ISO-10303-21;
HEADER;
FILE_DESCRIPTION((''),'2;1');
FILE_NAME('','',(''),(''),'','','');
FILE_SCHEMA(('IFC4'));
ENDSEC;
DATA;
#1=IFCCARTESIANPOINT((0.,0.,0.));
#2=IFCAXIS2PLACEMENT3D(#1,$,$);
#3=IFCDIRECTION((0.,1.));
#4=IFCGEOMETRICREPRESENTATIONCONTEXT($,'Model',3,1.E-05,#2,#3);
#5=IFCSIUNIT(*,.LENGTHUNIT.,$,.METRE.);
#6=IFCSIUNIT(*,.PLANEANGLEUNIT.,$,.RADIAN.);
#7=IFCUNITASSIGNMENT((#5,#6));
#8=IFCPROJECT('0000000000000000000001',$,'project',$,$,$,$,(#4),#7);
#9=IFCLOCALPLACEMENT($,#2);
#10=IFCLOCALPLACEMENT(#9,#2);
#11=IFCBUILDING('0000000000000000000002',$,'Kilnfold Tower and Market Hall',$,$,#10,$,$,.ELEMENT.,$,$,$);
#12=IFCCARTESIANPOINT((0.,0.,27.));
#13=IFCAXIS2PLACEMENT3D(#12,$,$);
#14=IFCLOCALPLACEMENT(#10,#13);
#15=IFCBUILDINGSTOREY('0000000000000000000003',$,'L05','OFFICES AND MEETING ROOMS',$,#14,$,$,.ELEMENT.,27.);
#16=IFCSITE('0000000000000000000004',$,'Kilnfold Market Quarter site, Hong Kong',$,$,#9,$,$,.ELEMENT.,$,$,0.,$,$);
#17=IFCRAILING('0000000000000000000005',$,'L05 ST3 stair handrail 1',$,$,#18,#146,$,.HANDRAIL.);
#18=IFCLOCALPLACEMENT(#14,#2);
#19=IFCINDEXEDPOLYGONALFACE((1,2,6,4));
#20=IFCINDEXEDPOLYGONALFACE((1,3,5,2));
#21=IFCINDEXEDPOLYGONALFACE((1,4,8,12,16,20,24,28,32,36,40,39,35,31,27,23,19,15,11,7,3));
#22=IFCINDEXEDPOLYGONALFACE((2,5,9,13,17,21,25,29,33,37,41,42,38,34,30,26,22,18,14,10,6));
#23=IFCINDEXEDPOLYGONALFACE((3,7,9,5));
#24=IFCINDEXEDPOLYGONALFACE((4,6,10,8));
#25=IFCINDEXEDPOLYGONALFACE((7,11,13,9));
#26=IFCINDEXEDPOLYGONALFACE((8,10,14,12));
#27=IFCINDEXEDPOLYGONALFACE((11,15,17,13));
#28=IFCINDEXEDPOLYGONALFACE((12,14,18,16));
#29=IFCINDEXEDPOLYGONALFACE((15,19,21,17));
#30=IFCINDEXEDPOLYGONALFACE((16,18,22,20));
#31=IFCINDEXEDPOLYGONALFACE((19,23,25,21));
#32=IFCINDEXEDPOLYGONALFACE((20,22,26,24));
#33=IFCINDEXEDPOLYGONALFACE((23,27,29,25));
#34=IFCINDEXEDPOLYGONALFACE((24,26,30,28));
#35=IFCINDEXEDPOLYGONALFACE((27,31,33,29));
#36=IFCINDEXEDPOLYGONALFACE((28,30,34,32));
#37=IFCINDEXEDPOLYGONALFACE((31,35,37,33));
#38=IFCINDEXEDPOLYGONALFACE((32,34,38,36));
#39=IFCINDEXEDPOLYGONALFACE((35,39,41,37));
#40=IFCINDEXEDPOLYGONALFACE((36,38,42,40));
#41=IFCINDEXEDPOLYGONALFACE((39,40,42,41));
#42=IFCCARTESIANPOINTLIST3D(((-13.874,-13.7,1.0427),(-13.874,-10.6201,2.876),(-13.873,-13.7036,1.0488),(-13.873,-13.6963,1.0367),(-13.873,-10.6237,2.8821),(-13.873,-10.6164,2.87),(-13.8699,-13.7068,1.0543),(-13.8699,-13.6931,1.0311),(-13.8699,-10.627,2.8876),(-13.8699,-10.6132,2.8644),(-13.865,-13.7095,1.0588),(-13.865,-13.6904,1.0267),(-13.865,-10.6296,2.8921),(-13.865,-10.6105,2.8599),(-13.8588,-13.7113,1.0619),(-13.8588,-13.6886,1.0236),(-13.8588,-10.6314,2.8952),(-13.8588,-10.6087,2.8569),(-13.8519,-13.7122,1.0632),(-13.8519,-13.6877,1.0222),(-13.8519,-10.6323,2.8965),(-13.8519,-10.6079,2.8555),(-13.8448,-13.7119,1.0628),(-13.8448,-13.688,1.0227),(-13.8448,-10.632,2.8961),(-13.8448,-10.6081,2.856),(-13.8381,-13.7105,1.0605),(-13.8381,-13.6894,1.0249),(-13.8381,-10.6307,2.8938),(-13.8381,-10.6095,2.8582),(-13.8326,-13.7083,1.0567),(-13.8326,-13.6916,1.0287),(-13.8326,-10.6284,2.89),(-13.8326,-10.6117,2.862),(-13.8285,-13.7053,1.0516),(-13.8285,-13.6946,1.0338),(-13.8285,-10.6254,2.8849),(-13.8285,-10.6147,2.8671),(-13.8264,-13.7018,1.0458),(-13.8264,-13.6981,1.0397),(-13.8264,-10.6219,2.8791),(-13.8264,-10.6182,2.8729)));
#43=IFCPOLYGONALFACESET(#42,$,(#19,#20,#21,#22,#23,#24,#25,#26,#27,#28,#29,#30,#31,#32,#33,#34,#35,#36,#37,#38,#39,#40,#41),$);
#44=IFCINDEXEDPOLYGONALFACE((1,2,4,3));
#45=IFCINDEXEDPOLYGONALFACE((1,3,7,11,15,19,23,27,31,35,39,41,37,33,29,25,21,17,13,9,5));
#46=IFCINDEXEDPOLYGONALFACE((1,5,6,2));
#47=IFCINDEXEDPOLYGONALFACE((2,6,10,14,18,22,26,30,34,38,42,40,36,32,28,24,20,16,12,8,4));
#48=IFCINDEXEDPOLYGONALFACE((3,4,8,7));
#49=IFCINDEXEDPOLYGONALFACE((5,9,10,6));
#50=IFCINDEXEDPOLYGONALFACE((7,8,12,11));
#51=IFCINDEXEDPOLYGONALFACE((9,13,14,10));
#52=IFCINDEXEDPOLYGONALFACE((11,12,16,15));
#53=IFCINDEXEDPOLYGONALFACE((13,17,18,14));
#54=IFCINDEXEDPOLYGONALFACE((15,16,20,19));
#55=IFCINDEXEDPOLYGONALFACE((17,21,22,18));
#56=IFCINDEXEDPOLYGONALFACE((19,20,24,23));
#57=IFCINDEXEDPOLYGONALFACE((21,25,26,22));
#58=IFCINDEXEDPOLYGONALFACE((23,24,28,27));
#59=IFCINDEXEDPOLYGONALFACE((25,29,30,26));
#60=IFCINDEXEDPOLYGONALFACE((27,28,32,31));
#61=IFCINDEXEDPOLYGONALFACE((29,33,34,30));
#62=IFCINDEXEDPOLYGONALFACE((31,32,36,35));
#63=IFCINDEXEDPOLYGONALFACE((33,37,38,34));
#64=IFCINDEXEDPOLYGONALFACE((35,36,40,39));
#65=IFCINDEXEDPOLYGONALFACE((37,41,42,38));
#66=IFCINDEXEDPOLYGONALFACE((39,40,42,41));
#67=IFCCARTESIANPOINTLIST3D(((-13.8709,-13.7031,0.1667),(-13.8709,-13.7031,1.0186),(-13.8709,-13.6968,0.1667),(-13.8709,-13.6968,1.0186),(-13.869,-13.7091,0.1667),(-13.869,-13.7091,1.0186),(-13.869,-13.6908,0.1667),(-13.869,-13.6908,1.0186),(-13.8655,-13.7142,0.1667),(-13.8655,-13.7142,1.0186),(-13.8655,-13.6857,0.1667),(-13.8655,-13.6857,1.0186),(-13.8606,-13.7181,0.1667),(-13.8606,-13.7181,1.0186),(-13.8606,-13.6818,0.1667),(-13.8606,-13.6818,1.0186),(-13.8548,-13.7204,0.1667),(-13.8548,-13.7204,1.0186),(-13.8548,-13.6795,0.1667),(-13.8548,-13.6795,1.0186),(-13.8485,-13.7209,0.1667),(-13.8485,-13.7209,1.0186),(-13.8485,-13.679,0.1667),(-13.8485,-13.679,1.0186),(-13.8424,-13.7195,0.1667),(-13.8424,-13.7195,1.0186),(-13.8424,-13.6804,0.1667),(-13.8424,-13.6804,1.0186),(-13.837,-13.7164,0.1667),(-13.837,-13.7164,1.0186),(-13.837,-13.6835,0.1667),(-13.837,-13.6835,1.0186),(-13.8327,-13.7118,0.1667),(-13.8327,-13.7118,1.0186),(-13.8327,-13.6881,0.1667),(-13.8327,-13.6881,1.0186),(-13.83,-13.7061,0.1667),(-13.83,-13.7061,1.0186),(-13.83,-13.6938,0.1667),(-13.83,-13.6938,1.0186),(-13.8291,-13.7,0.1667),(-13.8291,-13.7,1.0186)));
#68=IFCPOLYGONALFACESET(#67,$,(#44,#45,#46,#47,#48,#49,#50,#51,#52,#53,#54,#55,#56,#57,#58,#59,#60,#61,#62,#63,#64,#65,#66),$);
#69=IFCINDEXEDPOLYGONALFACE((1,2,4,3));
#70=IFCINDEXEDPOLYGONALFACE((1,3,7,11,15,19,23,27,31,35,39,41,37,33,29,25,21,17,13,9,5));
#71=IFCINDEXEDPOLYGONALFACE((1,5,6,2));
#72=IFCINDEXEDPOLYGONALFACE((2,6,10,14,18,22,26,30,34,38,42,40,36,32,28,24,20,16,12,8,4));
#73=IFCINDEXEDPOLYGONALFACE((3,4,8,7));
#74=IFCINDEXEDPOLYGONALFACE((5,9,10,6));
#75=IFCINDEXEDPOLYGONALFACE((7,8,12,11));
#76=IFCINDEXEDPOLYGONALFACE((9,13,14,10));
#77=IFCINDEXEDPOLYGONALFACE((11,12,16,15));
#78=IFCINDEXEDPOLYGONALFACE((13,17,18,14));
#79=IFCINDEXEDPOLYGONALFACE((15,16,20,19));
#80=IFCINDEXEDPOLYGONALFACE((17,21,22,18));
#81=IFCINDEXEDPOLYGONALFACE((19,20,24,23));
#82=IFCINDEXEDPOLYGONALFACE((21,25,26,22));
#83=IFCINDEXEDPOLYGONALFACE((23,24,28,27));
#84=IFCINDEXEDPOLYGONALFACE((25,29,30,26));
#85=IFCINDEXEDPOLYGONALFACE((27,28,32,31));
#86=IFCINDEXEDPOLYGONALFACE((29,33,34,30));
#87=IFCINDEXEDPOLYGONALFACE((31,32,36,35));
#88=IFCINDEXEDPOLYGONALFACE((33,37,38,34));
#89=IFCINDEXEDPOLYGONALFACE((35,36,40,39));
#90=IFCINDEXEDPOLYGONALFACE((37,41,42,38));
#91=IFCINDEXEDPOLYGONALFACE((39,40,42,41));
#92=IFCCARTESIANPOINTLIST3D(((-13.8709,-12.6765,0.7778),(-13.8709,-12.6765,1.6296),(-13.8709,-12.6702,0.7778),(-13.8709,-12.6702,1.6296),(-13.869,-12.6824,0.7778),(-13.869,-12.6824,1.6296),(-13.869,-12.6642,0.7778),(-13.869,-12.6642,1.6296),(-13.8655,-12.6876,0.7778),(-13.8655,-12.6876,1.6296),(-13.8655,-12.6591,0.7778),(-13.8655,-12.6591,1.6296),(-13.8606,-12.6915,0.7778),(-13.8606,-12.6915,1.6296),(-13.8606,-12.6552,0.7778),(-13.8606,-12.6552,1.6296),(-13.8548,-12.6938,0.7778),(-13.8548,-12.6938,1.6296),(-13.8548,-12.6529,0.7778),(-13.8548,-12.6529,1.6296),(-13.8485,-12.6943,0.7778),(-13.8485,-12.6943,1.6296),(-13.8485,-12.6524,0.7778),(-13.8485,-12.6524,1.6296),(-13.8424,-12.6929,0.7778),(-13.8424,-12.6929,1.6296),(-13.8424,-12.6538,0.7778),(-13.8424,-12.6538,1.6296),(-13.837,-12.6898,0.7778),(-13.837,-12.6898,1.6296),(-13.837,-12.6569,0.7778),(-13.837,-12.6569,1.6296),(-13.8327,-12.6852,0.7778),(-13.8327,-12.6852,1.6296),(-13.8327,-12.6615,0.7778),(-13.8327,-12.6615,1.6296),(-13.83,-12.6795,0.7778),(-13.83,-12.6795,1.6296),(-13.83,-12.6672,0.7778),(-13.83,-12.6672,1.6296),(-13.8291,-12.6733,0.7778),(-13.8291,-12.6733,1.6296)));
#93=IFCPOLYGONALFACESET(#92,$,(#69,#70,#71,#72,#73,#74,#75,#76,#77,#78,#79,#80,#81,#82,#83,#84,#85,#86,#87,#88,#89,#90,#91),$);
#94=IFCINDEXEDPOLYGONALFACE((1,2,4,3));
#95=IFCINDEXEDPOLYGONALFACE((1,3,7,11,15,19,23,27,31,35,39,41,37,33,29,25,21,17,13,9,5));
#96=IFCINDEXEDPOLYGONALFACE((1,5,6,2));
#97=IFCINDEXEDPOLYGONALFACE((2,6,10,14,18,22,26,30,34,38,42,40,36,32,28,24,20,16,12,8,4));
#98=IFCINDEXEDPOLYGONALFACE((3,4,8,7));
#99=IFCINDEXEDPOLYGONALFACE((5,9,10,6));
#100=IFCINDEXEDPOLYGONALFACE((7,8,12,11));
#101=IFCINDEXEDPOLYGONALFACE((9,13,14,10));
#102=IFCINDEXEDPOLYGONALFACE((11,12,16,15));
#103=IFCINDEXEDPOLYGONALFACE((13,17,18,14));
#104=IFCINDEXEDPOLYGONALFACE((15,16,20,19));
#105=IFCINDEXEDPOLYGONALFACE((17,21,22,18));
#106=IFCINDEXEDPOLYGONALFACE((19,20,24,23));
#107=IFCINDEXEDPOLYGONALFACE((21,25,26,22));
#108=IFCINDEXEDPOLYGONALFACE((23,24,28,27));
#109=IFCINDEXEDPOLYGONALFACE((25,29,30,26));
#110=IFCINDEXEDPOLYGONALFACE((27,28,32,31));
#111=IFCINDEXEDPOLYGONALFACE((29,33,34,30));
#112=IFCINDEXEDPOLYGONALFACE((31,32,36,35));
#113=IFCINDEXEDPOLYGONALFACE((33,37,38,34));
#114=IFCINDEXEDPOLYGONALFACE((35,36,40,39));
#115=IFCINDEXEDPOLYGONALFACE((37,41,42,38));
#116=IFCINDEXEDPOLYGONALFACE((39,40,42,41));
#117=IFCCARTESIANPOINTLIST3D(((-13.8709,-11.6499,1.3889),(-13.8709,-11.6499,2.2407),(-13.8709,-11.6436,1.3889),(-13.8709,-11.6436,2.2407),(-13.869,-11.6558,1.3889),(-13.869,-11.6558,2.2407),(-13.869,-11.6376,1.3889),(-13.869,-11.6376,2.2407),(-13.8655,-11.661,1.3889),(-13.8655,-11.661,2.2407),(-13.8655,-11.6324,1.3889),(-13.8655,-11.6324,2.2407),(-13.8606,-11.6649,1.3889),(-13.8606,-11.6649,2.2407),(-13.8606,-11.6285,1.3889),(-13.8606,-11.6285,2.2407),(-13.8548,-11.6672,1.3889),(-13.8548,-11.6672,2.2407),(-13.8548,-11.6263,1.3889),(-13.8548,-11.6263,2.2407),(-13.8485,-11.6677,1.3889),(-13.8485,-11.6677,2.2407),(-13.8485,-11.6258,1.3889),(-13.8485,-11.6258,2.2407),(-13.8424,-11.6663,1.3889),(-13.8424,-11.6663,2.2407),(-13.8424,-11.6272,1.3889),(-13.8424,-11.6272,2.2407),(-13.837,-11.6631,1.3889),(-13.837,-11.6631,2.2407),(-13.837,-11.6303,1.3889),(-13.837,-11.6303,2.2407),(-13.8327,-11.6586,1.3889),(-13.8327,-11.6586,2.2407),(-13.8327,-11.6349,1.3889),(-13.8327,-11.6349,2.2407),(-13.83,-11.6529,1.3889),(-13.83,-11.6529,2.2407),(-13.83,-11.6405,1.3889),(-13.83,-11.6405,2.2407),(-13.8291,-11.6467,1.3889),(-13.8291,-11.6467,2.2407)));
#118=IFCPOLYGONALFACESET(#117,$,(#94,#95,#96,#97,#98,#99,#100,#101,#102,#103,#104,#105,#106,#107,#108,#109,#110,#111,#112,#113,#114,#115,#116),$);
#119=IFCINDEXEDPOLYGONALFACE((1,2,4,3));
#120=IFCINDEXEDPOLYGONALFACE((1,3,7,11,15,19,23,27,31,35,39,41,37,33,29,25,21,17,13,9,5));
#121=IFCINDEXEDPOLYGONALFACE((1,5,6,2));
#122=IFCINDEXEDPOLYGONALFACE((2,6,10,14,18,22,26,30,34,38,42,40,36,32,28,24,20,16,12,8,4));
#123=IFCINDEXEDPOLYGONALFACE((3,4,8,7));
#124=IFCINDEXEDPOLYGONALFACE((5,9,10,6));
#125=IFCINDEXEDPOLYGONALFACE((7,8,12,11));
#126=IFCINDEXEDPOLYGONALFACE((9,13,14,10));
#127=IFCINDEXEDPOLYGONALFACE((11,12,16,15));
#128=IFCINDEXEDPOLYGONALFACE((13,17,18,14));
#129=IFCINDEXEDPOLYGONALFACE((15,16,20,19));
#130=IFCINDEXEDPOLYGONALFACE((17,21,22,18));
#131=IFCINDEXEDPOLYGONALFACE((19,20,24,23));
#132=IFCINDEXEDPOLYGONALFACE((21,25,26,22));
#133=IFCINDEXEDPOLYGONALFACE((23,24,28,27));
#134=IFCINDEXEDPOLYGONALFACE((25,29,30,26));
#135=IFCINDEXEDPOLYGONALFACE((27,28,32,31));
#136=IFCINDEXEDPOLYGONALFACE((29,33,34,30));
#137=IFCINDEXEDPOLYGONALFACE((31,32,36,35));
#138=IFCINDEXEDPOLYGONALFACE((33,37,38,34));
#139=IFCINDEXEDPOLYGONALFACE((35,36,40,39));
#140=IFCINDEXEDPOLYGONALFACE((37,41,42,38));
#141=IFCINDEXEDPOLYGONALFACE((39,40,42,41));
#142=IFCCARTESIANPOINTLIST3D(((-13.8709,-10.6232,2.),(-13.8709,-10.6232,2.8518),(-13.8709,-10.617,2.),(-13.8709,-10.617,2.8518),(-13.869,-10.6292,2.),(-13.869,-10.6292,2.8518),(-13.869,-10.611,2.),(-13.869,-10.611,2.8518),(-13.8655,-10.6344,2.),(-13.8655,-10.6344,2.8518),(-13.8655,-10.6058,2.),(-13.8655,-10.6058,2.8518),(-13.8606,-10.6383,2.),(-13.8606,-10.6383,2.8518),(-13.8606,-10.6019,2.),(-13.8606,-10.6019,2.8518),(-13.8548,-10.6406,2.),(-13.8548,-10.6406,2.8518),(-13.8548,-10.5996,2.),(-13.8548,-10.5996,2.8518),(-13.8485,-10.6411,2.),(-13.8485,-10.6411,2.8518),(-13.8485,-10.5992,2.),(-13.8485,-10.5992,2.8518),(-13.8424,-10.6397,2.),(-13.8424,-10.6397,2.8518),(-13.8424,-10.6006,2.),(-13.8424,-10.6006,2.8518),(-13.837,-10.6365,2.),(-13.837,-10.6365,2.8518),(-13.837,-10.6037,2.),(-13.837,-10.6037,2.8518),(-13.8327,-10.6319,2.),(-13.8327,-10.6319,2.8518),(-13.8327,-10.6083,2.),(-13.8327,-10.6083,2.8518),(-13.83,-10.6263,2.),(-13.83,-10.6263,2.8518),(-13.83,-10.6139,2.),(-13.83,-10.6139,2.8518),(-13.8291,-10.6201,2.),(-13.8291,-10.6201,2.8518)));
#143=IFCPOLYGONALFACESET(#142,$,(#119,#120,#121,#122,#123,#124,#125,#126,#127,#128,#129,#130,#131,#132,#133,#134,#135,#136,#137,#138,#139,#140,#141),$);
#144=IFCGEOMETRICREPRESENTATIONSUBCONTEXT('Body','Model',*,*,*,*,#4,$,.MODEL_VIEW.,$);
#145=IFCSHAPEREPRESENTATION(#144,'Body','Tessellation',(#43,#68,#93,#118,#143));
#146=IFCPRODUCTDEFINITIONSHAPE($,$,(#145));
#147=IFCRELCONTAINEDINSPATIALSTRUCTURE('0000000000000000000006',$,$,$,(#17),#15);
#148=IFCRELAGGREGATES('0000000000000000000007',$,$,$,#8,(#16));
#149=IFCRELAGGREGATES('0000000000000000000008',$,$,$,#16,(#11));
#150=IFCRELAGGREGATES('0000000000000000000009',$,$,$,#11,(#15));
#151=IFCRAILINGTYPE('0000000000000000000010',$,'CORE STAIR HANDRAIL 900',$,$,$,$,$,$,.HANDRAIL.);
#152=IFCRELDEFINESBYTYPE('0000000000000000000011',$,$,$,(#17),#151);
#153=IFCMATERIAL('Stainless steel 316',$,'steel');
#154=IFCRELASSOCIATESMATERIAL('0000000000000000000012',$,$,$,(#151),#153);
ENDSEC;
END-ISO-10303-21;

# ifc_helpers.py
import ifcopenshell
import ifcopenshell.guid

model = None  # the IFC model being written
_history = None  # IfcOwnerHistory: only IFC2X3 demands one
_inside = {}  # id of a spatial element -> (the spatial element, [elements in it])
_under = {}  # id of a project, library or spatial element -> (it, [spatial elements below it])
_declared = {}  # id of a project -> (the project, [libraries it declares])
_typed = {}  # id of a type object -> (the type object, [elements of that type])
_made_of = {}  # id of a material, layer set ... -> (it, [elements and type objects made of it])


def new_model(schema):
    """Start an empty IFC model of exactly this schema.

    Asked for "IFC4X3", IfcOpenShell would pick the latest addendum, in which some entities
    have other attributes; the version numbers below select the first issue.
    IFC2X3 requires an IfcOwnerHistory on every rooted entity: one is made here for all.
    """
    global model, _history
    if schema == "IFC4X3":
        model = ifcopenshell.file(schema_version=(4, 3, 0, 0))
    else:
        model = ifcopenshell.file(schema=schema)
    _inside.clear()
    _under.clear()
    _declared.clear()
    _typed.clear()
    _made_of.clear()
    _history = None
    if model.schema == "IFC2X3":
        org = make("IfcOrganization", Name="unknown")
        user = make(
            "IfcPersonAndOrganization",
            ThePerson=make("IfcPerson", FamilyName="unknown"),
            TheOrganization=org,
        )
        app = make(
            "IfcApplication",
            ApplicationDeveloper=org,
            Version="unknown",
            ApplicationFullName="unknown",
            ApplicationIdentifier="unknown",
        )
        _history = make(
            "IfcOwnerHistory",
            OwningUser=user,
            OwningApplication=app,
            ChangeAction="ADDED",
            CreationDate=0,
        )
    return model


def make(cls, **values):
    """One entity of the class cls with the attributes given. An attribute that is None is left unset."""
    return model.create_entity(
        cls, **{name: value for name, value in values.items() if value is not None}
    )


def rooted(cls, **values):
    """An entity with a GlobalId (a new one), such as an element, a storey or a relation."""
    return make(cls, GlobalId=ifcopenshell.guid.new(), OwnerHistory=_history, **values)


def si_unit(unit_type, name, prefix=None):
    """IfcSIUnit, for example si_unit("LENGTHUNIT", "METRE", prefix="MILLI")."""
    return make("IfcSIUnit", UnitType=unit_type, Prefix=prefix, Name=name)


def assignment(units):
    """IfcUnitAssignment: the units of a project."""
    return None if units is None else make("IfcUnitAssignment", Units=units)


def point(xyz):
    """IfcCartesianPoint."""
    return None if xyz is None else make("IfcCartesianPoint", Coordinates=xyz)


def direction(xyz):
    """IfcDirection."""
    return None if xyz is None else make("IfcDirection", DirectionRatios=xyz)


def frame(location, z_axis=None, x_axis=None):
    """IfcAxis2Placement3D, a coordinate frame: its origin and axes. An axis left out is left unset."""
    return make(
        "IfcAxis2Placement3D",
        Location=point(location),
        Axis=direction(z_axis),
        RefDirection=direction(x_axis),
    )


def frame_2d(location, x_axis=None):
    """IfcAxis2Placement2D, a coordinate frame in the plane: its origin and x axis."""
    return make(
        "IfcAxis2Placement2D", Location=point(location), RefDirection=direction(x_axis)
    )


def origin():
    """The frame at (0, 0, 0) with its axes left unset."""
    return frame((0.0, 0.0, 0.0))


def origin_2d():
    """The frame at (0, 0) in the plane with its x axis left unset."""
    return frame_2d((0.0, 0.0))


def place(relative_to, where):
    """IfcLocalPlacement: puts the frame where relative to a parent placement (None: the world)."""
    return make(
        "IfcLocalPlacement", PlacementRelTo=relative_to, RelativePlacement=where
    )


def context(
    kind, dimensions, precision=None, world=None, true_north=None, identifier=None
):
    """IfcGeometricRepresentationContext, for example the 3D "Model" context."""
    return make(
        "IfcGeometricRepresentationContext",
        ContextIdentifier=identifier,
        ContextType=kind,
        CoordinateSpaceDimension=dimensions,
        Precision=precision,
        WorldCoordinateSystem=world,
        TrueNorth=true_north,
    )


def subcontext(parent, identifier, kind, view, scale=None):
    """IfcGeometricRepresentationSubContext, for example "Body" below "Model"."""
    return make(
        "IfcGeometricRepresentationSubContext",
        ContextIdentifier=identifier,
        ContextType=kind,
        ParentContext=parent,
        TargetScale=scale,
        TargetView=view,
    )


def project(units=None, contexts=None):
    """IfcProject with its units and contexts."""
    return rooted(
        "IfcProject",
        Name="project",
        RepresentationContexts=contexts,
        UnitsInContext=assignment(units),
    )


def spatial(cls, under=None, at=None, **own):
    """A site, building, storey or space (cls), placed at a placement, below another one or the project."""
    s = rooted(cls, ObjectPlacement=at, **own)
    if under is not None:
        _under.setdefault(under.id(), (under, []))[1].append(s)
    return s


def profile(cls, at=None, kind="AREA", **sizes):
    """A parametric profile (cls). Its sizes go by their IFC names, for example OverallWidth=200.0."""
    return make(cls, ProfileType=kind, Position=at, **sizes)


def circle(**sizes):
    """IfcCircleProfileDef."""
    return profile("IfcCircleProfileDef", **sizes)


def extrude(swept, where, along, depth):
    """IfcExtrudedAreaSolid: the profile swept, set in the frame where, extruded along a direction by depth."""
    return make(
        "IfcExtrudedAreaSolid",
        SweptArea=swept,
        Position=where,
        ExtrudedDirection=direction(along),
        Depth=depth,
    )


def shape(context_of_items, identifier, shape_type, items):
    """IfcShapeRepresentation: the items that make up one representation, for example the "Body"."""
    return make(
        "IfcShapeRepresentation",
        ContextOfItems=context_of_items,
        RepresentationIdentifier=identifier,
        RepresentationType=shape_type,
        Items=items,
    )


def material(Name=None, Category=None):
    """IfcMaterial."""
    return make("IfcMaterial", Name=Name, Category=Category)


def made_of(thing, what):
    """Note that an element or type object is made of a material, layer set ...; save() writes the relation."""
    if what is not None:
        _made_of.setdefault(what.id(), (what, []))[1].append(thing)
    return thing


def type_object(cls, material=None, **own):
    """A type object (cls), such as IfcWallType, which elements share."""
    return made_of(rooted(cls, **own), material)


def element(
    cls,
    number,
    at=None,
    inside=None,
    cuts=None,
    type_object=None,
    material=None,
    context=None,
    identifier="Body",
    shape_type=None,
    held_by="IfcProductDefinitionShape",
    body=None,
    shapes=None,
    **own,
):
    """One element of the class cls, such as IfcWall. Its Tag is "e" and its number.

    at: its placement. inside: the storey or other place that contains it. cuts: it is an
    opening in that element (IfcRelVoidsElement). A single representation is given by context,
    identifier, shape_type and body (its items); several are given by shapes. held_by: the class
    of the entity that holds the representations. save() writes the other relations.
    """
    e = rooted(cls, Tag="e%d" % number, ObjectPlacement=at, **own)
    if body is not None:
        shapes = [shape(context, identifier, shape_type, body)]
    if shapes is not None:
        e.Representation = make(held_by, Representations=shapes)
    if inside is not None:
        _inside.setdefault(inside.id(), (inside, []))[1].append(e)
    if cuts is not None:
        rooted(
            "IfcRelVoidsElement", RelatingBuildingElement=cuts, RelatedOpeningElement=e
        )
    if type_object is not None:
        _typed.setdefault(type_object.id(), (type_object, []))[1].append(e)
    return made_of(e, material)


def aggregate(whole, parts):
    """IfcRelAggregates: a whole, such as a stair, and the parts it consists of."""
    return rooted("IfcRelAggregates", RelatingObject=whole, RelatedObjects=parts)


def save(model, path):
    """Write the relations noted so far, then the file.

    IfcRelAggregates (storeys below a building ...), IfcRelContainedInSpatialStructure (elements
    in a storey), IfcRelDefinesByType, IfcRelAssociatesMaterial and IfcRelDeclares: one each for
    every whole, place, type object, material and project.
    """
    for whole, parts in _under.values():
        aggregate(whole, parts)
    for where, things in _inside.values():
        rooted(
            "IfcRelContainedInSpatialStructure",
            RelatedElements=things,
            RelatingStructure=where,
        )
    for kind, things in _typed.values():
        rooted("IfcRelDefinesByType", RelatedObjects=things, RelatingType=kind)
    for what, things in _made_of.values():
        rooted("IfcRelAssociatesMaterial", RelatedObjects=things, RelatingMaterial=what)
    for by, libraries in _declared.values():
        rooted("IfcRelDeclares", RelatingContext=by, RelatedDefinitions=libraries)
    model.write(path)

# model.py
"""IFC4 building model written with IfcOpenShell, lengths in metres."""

from ifc_helpers import new_model, si_unit, direction, frame, origin, origin_2d, place, context, subcontext, project, spatial, circle, extrude, material, type_object, element, save


model = new_model("IFC4")

# Units and contexts
model_context = context("Model", 3, precision=1e-05, world=origin(), true_north=direction((0.0, 1.0)))
body_context = subcontext(model_context, "Body", "Model", "MODEL_VIEW")
ifc_project = project(units=[si_unit("LENGTHUNIT", "METRE"), si_unit("PLANEANGLEUNIT", "RADIAN")], contexts=[model_context])

# Site, building, storey
site_placement = place(None, origin())
site = spatial("IfcSite", under=ifc_project, at=site_placement, Name="Kilnfold Market Quarter site, Hong Kong", CompositionType="ELEMENT", RefElevation=0.0)
building_placement = place(site_placement, origin())
building = spatial("IfcBuilding", under=site, at=building_placement, Name="Kilnfold Tower and Market Hall", CompositionType="ELEMENT")
storey_placement = place(building_placement, frame((0.0, 0.0, 27.0)))
storey = spatial("IfcBuildingStorey", under=building, at=storey_placement, Name="L05", Description="OFFICES AND MEETING ROOMS", CompositionType="ELEMENT", Elevation=27.0)

# Railing
ifc_material_1 = material(Name="Stainless steel 316", Category="steel")
railing_type_1 = type_object("IfcRailingType", Name="CORE STAIR HANDRAIL 900", PredefinedType="HANDRAIL", material=ifc_material_1)
railing_1_placement = place(storey_placement, frame((-13.8501, -13.7, 0.1667)))
element("IfcRailing", 1, at=railing_1_placement, inside=storey, type_object=railing_type_1, Name="L05 ST3 stair handrail 1", PredefinedType="HANDRAIL", context=body_context, shape_type="SweptSolid", body=[
    extrude(circle(Radius=0.0239, at=origin_2d()), frame((0.0, 0.0, 0.876), z_axis=(0.0, 0.859291, 0.511487), x_axis=(-1.0, 0.0, 0.0)), (0.0, 0.0, 1.0), 3.5842),
    extrude(circle(Radius=0.021, at=origin_2d()), origin(), (0.0, 0.0, 1.0), 0.8518),
    extrude(circle(Radius=0.021, at=origin_2d()), frame((0.0, 1.0266, 0.6111)), (0.0, 0.0, 1.0), 0.8518),
    extrude(circle(Radius=0.021, at=origin_2d()), frame((0.0, 2.0532, 1.2222)), (0.0, 0.0, 1.0), 0.8518),
    extrude(circle(Radius=0.021, at=origin_2d()), frame((0.0, 3.0798, 1.8333)), (0.0, 0.0, 1.0), 0.8518),
])

save(model, "model.ifc")
